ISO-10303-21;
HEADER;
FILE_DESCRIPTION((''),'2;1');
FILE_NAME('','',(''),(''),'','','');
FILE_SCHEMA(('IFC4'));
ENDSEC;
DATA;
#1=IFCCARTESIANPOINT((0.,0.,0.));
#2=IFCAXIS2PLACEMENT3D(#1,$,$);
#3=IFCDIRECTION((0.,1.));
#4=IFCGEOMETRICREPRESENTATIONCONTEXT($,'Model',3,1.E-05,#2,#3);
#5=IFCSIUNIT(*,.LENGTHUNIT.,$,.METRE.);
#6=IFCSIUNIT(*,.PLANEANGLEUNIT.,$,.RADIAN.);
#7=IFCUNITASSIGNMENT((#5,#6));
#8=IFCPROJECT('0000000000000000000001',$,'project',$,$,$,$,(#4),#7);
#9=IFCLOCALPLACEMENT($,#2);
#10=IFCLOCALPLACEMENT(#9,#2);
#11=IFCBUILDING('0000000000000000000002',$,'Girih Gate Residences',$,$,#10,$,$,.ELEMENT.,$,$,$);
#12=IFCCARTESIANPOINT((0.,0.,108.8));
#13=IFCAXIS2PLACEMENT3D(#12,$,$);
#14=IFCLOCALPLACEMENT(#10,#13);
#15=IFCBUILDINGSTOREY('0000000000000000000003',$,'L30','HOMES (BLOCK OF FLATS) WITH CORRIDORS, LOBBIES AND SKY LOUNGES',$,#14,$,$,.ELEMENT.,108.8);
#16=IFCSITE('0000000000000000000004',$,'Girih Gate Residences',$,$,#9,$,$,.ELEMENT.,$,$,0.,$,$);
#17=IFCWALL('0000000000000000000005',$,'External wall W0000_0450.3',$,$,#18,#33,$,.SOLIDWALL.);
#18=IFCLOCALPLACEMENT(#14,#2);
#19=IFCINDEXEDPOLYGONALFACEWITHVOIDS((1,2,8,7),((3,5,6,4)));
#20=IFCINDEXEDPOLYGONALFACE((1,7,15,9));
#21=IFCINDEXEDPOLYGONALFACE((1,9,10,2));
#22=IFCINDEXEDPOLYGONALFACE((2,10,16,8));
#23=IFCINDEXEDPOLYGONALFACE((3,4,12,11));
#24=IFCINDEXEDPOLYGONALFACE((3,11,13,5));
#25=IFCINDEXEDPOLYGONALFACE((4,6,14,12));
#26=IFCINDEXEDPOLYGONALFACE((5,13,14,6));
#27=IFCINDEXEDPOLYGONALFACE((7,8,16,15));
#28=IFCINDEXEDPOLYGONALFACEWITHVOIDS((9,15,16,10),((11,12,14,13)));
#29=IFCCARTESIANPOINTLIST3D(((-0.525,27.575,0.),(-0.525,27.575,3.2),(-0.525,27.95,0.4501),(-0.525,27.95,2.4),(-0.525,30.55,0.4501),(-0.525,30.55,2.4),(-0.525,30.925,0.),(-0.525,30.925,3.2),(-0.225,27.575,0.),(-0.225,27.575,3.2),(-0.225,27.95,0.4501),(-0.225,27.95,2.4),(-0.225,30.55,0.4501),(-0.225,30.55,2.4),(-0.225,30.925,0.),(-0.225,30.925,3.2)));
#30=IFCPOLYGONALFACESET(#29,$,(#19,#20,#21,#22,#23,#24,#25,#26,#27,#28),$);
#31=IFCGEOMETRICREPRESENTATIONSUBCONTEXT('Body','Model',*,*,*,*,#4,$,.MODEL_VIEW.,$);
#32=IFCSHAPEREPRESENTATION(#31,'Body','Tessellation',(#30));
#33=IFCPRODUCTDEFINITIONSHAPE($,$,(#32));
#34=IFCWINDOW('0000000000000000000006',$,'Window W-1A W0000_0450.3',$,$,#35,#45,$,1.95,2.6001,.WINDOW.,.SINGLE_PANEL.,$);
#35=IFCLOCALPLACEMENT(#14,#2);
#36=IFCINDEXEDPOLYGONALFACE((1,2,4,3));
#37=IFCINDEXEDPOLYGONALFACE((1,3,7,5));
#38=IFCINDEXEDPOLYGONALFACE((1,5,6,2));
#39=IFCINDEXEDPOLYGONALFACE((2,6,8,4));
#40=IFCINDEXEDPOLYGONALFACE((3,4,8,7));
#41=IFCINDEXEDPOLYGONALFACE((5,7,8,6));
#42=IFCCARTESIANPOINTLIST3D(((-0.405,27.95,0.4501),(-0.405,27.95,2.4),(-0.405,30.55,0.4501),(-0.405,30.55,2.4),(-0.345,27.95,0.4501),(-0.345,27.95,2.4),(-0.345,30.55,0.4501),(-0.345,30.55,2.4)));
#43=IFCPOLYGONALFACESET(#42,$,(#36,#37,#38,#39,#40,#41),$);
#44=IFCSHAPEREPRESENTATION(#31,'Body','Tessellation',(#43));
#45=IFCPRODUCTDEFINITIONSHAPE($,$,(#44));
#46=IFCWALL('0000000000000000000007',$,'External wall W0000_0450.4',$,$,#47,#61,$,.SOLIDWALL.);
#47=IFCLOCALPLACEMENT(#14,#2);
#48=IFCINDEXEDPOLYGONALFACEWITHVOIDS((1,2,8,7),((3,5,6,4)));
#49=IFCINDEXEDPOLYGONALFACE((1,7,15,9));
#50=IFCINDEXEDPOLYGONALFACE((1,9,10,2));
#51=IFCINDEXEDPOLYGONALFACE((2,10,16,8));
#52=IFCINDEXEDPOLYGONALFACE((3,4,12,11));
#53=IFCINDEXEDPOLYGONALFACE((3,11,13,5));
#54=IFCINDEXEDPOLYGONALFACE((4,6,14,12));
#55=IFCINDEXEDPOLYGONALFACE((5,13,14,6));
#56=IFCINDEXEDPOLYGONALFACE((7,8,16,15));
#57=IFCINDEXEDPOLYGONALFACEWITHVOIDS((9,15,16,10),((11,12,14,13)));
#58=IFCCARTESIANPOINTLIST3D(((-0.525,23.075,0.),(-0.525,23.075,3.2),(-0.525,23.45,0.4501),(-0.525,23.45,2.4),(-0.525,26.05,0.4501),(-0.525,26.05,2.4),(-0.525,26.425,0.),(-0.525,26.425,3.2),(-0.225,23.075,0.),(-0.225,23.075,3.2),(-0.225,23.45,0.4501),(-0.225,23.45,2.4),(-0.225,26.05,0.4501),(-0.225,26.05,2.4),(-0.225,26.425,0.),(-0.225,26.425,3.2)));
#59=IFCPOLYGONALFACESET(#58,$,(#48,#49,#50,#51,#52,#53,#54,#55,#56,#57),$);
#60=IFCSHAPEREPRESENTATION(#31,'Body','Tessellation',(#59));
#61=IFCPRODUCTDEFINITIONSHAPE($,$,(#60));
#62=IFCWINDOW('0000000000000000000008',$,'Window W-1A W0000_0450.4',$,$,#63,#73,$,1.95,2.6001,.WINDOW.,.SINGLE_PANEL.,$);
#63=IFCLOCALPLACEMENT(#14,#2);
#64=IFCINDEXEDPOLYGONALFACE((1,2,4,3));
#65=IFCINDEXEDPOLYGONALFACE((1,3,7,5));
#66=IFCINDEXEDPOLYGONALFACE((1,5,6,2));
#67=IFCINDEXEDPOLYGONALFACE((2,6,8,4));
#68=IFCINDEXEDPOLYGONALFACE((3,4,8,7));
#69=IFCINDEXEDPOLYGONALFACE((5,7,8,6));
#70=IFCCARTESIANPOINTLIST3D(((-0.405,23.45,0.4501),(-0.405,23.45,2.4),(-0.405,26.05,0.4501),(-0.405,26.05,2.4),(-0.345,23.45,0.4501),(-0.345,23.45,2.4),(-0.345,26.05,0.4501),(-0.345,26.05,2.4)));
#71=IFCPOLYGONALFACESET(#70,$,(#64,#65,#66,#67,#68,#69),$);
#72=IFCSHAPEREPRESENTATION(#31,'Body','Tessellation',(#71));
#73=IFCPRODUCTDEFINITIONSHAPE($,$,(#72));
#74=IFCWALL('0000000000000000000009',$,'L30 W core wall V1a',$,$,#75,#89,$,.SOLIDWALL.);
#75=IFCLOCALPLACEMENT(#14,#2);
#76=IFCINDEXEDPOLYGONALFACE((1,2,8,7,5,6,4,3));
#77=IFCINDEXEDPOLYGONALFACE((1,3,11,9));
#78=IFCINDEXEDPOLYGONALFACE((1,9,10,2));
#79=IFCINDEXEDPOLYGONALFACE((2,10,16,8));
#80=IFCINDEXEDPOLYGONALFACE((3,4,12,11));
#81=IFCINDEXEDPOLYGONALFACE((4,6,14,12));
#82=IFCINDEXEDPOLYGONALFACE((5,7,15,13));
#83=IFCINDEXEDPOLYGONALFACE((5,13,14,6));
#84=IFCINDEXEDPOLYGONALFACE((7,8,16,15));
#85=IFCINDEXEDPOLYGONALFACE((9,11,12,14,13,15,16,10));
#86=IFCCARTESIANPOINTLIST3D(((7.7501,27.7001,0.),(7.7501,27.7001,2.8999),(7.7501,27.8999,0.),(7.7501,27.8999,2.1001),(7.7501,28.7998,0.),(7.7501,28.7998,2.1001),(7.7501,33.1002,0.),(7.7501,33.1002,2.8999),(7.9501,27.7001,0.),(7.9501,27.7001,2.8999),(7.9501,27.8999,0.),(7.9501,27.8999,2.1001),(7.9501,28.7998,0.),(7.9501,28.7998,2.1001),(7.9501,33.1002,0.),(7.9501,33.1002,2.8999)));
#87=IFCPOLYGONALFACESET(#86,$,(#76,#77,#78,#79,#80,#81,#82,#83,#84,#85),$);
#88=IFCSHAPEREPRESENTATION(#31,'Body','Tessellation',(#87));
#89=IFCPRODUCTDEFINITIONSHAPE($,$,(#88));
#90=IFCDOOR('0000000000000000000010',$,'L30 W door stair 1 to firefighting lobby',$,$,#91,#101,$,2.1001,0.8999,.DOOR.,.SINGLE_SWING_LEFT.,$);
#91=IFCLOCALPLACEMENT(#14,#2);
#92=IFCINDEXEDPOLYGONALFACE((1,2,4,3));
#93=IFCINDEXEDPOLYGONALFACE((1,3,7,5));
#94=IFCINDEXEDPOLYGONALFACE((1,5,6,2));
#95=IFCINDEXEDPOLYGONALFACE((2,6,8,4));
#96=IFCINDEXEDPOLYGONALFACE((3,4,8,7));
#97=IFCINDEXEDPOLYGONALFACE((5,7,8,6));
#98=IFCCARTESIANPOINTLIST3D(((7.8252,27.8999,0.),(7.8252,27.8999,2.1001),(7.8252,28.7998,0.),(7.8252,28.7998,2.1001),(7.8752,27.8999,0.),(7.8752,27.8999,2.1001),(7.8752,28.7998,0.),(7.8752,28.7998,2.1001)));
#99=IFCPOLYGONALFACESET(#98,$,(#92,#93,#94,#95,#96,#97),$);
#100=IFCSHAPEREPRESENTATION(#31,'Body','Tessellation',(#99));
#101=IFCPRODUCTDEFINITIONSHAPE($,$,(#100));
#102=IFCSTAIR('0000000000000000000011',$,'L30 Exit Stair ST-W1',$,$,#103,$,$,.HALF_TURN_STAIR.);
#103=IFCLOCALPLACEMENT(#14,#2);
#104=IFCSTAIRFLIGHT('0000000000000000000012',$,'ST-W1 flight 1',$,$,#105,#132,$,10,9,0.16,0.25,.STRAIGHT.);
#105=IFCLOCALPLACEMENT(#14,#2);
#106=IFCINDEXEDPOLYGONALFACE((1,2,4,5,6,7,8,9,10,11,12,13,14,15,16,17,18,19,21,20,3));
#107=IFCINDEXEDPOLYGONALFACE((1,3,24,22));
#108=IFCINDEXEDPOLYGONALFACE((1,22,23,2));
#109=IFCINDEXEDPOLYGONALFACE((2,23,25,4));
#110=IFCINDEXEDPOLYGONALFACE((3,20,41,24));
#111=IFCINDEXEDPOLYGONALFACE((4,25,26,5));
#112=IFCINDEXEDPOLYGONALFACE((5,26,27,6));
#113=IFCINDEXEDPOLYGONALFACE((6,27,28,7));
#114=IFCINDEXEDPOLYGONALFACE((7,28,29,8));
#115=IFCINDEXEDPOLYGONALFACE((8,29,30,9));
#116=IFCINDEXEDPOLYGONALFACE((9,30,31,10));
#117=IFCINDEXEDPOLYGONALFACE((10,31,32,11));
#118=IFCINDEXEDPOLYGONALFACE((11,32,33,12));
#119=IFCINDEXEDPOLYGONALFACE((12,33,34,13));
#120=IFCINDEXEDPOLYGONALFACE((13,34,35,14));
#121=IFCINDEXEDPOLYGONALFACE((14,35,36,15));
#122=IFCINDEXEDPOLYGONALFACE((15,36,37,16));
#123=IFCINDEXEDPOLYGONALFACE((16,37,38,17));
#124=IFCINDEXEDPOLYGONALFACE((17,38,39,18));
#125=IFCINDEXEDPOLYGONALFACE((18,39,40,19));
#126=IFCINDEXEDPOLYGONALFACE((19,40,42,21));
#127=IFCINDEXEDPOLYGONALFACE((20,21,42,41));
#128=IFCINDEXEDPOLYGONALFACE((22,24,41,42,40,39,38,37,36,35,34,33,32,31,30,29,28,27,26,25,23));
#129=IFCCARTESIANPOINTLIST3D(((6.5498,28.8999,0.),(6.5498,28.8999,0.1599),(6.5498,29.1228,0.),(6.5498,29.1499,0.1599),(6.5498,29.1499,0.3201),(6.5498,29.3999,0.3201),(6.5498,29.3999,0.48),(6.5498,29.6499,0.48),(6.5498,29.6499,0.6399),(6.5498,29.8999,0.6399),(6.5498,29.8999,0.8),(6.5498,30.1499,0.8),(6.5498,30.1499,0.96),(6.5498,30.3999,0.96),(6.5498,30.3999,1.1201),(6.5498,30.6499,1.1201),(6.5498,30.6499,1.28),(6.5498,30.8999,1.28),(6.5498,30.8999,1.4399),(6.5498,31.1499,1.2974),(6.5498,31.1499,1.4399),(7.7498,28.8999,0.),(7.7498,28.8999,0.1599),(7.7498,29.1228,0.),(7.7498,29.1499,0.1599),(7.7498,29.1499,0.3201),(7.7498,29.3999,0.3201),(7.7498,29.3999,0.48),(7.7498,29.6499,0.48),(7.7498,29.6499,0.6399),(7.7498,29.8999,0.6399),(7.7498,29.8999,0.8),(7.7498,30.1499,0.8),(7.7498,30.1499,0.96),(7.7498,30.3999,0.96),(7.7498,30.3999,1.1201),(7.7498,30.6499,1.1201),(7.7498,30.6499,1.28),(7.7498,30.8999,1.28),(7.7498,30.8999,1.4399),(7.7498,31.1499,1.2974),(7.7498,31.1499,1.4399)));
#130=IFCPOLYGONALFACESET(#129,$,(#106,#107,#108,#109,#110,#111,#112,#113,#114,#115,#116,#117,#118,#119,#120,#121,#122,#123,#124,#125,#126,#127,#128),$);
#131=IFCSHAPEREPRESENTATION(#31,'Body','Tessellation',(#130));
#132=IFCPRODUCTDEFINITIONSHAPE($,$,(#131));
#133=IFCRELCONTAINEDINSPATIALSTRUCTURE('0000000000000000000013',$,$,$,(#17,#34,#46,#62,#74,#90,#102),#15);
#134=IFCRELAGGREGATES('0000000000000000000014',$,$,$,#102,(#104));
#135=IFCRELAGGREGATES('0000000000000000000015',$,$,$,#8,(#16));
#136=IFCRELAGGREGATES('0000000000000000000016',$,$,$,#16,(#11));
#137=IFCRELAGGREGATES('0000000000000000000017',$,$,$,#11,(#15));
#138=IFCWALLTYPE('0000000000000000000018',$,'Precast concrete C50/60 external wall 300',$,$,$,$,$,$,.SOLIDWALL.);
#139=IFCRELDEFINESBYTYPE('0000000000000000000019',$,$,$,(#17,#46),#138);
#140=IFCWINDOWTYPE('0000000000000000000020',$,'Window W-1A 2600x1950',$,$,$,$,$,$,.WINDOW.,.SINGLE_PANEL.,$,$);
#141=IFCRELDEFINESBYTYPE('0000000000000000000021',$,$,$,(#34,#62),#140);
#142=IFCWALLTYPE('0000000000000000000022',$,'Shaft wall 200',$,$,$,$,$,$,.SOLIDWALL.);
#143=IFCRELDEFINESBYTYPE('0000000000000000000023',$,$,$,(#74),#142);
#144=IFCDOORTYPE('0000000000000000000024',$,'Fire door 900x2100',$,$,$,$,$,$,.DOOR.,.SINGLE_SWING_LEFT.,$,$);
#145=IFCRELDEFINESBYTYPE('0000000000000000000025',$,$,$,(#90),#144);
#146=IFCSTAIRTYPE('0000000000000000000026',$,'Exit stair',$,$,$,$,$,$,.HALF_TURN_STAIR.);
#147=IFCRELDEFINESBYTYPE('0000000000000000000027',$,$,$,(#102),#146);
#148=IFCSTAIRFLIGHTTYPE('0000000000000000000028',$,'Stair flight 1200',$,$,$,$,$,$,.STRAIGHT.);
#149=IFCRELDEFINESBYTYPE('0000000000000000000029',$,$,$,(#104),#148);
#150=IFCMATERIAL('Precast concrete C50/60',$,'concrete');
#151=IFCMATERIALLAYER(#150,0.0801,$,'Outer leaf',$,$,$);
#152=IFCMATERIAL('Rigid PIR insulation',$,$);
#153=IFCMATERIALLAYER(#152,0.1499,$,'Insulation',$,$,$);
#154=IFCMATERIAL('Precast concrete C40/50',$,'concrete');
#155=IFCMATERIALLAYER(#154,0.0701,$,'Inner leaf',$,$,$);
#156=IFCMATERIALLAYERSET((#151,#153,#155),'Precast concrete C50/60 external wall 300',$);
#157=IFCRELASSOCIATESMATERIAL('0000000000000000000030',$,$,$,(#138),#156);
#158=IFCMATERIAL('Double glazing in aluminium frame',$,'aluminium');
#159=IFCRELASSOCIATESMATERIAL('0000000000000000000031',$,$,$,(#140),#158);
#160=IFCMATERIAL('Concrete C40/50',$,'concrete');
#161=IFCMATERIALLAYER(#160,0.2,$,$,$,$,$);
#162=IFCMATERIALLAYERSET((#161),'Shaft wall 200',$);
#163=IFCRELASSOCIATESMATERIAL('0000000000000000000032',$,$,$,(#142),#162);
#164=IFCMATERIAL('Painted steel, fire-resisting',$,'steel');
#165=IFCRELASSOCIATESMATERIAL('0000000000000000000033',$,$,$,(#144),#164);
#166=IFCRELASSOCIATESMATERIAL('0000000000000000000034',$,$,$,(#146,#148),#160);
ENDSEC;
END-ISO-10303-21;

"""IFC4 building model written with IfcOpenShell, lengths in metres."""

from ifc_helpers import new_model, si_unit, direction, frame, frame_2d, origin, place, context, subcontext, project, spatial, polyline, rectangle, outline, extrude, material, layer, layer_set, type_object, element, fill, aggregate, save


model = new_model("IFC4")

# Units and contexts
model_context = context("Model", 3, precision=1e-05, world=origin(), true_north=direction((0.0, 1.0)))
body_context = subcontext(model_context, "Body", "Model", "MODEL_VIEW")
ifc_project = project(units=[si_unit("LENGTHUNIT", "METRE"), si_unit("PLANEANGLEUNIT", "RADIAN")], contexts=[model_context])

# Site, building, storey
site_placement = place(None, origin())
site = spatial("IfcSite", under=ifc_project, at=site_placement, Name="Girih Gate Residences", CompositionType="ELEMENT", RefElevation=0.0)
building_placement = place(site_placement, origin())
building = spatial("IfcBuilding", under=site, at=building_placement, Name="Girih Gate Residences", CompositionType="ELEMENT")
storey_placement = place(building_placement, frame((0.0, 0.0, 108.8)))
storey = spatial("IfcBuildingStorey", under=building, at=storey_placement, Name="L30", Description="HOMES (BLOCK OF FLATS) WITH CORRIDORS, LOBBIES AND SKY LOUNGES", CompositionType="ELEMENT", Elevation=108.8)

# Shared definitions
ifc_material_1 = material(Name="Painted steel, fire-resisting", Category="steel")

# Walls, openings, windows
ifc_material_2 = material(Name="Precast concrete C50/60", Category="concrete")
ifc_layer_1 = layer(ifc_material_2, 0.0801, Name="Outer leaf")
ifc_material_3 = material(Name="Rigid PIR insulation")
ifc_layer_2 = layer(ifc_material_3, 0.1499, Name="Insulation")
ifc_material_4 = material(Name="Precast concrete C40/50", Category="concrete")
ifc_layer_3 = layer(ifc_material_4, 0.0701, Name="Inner leaf")
ifc_layer_set_1 = layer_set([ifc_layer_1, ifc_layer_2, ifc_layer_3], Name="Precast concrete C50/60 external wall 300")
wall_type_1 = type_object("IfcWallType", Name="Precast concrete C50/60 external wall 300", PredefinedType="SOLIDWALL", material=ifc_layer_set_1)
wall_1_placement = place(storey_placement, frame((-0.375, 27.575, 0.0), z_axis=(0.0, 0.0, 1.0), x_axis=(0.0, 1.0, 0.0)))
wall_1 = element("IfcWall", 1, at=wall_1_placement, inside=storey, type_object=wall_type_1, Name="External wall W0000_0450.3", PredefinedType="SOLIDWALL", context=body_context, shape_type="SweptSolid", body=[
    extrude(rectangle(XDim=3.3501, YDim=0.3, at=frame_2d((1.675, 0.0))), origin(), (0.0, 0.0, 1.0), 3.2),
])
opening_1_placement = place(wall_1_placement, frame((0.375, 0.0, 0.45)))
opening_1 = element("IfcOpeningElement", 2, at=opening_1_placement, cuts=wall_1, PredefinedType="OPENING", context=body_context, shape_type="SweptSolid", body=[
    extrude(rectangle(XDim=2.6001, YDim=1.95, at=frame_2d((1.3, 0.9751))), frame((0.0, 0.1599, 0.0), z_axis=(0.0, -1.0, 0.0), x_axis=(1.0, 0.0, 0.0)), (0.0, 0.0, 1.0), 0.3201),
])
ifc_material_5 = material(Name="Double glazing in aluminium frame", Category="aluminium")
window_type = type_object("IfcWindowType", Name="Window W-1A 2600x1950", PartitioningType="SINGLE_PANEL", PredefinedType="WINDOW", material=ifc_material_5)
window_1_placement = place(opening_1_placement, origin())
window_1 = element("IfcWindow", 3, at=window_1_placement, inside=storey, type_object=window_type, Name="Window W-1A W0000_0450.3", OverallHeight=1.95, OverallWidth=2.6001, PartitioningType="SINGLE_PANEL", PredefinedType="WINDOW", context=body_context, shape_type="SweptSolid", body=[
    extrude(rectangle(XDim=2.6001, YDim=1.95, at=frame_2d((1.3, 0.9751))), frame((0.0, 0.03, 0.0), z_axis=(0.0, -1.0, 0.0), x_axis=(1.0, 0.0, 0.0)), (0.0, 0.0, 1.0), 0.0601),
])
fill(opening_1, window_1)
wall_2_placement = place(storey_placement, frame((-0.375, 23.075, 0.0), z_axis=(0.0, 0.0, 1.0), x_axis=(0.0, 1.0, 0.0)))
wall_2 = element("IfcWall", 4, at=wall_2_placement, inside=storey, type_object=wall_type_1, Name="External wall W0000_0450.4", PredefinedType="SOLIDWALL", context=body_context, shape_type="SweptSolid", body=[
    extrude(rectangle(XDim=3.3501, YDim=0.3, at=frame_2d((1.675, 0.0))), origin(), (0.0, 0.0, 1.0), 3.2),
])
opening_2_placement = place(wall_2_placement, frame((0.375, 0.0, 0.45)))
opening_2 = element("IfcOpeningElement", 5, at=opening_2_placement, cuts=wall_2, PredefinedType="OPENING", context=body_context, shape_type="SweptSolid", body=[
    extrude(rectangle(XDim=2.6001, YDim=1.95, at=frame_2d((1.3, 0.9751))), frame((0.0, 0.1599, 0.0), z_axis=(0.0, -1.0, 0.0), x_axis=(1.0, 0.0, 0.0)), (0.0, 0.0, 1.0), 0.3201),
])
window_2_placement = place(opening_2_placement, origin())
window_2 = element("IfcWindow", 6, at=window_2_placement, inside=storey, type_object=window_type, Name="Window W-1A W0000_0450.4", OverallHeight=1.95, OverallWidth=2.6001, PartitioningType="SINGLE_PANEL", PredefinedType="WINDOW", context=body_context, shape_type="SweptSolid", body=[
    extrude(rectangle(XDim=2.6001, YDim=1.95, at=frame_2d((1.3, 0.9751))), frame((0.0, 0.03, 0.0), z_axis=(0.0, -1.0, 0.0), x_axis=(1.0, 0.0, 0.0)), (0.0, 0.0, 1.0), 0.0601),
])
fill(opening_2, window_2)

# Wall, opening, door
ifc_material_6 = material(Name="Concrete C40/50", Category="concrete")
ifc_layer_4 = layer(ifc_material_6, 0.2)
ifc_layer_set_2 = layer_set([ifc_layer_4], Name="Shaft wall 200")
wall_type_2 = type_object("IfcWallType", Name="Shaft wall 200", PredefinedType="SOLIDWALL", material=ifc_layer_set_2)
wall_3_placement = place(storey_placement, frame((7.8501, 27.7, 0.0), z_axis=(0.0, 0.0, 1.0), x_axis=(0.0, 1.0, 0.0)))
wall_3 = element("IfcWall", 7, at=wall_3_placement, inside=storey, type_object=wall_type_2, Name="L30 W core wall V1a", PredefinedType="SOLIDWALL", context=body_context, shape_type="SweptSolid", body=[
    extrude(rectangle(XDim=5.4001, YDim=0.2, at=frame_2d((2.7002, 0.0))), origin(), (0.0, 0.0, 1.0), 2.8999),
])
opening_3_placement = place(wall_3_placement, frame((0.2, 0.0, 0.0)))
opening_3 = element("IfcOpeningElement", 8, at=opening_3_placement, cuts=wall_3, PredefinedType="OPENING", context=body_context, shape_type="SweptSolid", body=[
    extrude(rectangle(XDim=0.8999, YDim=2.1001, at=frame_2d((0.45, 1.05))), frame((0.0, 0.1099, 0.0), z_axis=(0.0, -1.0, 0.0), x_axis=(1.0, 0.0, 0.0)), (0.0, 0.0, 1.0), 0.22),
])
door_type_1 = type_object("IfcDoorType", Name="Fire door 900x2100", OperationType="SINGLE_SWING_LEFT", PredefinedType="DOOR", material=ifc_material_1)
door_1_placement = place(opening_3_placement, origin())
door_1 = element("IfcDoor", 9, at=door_1_placement, inside=storey, type_object=door_type_1, Name="L30 W door stair 1 to firefighting lobby", OperationType="SINGLE_SWING_LEFT", OverallHeight=2.1001, OverallWidth=0.8999, PredefinedType="DOOR", context=body_context, shape_type="SweptSolid", body=[
    extrude(rectangle(XDim=0.8999, YDim=2.1001, at=frame_2d((0.45, 1.05))), frame((0.0, 0.0249, 0.0), z_axis=(0.0, -1.0, 0.0), x_axis=(1.0, 0.0, 0.0)), (0.0, 0.0, 1.0), 0.05),
])
fill(opening_3, door_1)

# Stair, stair flight
stair_type = type_object("IfcStairType", Name="Exit stair", PredefinedType="HALF_TURN_STAIR", material=ifc_material_6)
stair_placement = place(storey_placement, origin())
stair = element("IfcStair", 10, at=stair_placement, inside=storey, type_object=stair_type, Name="L30 Exit Stair ST-W1", PredefinedType="HALF_TURN_STAIR")
stair_flight_type = type_object("IfcStairFlightType", Name="Stair flight 1200", PredefinedType="STRAIGHT", material=ifc_material_6)
stair_flight_placement = place(storey_placement, frame((7.1499, 28.8999, 0.0), z_axis=(0.0, 0.0, 1.0), x_axis=(0.0, 1.0, 0.0)))
stair_flight = element("IfcStairFlight", 11, at=stair_flight_placement, type_object=stair_flight_type, Name="ST-W1 flight 1", NumberOfRisers=10, NumberOfTreads=9, PredefinedType="STRAIGHT", RiserHeight=0.16, TreadLength=0.25, context=body_context, shape_type="SweptSolid", body=[
    extrude(outline(polyline([(0.0, 0.0), (0.0, 0.1599), (0.25, 0.1599), (0.25, 0.3201), (0.5, 0.3201), (0.5, 0.48), (0.75, 0.48), (0.75, 0.6399), (1.0, 0.6399), (1.0, 0.8), (1.25, 0.8), (1.25, 0.96), (1.5, 0.96), (1.5, 1.1201), (1.75, 1.1201), (1.75, 1.28), (2.0, 1.28), (2.0, 1.4399), (2.25, 1.4399), (2.25, 1.6001), (2.25, 1.2974), (0.2229, 0.0), (0.0, 0.0)])), frame((0.0, 0.6001, 0.0), z_axis=(0.0, -1.0, 0.0), x_axis=(1.0, 0.0, 0.0)), (0.0, 0.0, 1.0), 1.2),
])
aggregate(stair, [stair_flight])

save(model, "model.ifc")
